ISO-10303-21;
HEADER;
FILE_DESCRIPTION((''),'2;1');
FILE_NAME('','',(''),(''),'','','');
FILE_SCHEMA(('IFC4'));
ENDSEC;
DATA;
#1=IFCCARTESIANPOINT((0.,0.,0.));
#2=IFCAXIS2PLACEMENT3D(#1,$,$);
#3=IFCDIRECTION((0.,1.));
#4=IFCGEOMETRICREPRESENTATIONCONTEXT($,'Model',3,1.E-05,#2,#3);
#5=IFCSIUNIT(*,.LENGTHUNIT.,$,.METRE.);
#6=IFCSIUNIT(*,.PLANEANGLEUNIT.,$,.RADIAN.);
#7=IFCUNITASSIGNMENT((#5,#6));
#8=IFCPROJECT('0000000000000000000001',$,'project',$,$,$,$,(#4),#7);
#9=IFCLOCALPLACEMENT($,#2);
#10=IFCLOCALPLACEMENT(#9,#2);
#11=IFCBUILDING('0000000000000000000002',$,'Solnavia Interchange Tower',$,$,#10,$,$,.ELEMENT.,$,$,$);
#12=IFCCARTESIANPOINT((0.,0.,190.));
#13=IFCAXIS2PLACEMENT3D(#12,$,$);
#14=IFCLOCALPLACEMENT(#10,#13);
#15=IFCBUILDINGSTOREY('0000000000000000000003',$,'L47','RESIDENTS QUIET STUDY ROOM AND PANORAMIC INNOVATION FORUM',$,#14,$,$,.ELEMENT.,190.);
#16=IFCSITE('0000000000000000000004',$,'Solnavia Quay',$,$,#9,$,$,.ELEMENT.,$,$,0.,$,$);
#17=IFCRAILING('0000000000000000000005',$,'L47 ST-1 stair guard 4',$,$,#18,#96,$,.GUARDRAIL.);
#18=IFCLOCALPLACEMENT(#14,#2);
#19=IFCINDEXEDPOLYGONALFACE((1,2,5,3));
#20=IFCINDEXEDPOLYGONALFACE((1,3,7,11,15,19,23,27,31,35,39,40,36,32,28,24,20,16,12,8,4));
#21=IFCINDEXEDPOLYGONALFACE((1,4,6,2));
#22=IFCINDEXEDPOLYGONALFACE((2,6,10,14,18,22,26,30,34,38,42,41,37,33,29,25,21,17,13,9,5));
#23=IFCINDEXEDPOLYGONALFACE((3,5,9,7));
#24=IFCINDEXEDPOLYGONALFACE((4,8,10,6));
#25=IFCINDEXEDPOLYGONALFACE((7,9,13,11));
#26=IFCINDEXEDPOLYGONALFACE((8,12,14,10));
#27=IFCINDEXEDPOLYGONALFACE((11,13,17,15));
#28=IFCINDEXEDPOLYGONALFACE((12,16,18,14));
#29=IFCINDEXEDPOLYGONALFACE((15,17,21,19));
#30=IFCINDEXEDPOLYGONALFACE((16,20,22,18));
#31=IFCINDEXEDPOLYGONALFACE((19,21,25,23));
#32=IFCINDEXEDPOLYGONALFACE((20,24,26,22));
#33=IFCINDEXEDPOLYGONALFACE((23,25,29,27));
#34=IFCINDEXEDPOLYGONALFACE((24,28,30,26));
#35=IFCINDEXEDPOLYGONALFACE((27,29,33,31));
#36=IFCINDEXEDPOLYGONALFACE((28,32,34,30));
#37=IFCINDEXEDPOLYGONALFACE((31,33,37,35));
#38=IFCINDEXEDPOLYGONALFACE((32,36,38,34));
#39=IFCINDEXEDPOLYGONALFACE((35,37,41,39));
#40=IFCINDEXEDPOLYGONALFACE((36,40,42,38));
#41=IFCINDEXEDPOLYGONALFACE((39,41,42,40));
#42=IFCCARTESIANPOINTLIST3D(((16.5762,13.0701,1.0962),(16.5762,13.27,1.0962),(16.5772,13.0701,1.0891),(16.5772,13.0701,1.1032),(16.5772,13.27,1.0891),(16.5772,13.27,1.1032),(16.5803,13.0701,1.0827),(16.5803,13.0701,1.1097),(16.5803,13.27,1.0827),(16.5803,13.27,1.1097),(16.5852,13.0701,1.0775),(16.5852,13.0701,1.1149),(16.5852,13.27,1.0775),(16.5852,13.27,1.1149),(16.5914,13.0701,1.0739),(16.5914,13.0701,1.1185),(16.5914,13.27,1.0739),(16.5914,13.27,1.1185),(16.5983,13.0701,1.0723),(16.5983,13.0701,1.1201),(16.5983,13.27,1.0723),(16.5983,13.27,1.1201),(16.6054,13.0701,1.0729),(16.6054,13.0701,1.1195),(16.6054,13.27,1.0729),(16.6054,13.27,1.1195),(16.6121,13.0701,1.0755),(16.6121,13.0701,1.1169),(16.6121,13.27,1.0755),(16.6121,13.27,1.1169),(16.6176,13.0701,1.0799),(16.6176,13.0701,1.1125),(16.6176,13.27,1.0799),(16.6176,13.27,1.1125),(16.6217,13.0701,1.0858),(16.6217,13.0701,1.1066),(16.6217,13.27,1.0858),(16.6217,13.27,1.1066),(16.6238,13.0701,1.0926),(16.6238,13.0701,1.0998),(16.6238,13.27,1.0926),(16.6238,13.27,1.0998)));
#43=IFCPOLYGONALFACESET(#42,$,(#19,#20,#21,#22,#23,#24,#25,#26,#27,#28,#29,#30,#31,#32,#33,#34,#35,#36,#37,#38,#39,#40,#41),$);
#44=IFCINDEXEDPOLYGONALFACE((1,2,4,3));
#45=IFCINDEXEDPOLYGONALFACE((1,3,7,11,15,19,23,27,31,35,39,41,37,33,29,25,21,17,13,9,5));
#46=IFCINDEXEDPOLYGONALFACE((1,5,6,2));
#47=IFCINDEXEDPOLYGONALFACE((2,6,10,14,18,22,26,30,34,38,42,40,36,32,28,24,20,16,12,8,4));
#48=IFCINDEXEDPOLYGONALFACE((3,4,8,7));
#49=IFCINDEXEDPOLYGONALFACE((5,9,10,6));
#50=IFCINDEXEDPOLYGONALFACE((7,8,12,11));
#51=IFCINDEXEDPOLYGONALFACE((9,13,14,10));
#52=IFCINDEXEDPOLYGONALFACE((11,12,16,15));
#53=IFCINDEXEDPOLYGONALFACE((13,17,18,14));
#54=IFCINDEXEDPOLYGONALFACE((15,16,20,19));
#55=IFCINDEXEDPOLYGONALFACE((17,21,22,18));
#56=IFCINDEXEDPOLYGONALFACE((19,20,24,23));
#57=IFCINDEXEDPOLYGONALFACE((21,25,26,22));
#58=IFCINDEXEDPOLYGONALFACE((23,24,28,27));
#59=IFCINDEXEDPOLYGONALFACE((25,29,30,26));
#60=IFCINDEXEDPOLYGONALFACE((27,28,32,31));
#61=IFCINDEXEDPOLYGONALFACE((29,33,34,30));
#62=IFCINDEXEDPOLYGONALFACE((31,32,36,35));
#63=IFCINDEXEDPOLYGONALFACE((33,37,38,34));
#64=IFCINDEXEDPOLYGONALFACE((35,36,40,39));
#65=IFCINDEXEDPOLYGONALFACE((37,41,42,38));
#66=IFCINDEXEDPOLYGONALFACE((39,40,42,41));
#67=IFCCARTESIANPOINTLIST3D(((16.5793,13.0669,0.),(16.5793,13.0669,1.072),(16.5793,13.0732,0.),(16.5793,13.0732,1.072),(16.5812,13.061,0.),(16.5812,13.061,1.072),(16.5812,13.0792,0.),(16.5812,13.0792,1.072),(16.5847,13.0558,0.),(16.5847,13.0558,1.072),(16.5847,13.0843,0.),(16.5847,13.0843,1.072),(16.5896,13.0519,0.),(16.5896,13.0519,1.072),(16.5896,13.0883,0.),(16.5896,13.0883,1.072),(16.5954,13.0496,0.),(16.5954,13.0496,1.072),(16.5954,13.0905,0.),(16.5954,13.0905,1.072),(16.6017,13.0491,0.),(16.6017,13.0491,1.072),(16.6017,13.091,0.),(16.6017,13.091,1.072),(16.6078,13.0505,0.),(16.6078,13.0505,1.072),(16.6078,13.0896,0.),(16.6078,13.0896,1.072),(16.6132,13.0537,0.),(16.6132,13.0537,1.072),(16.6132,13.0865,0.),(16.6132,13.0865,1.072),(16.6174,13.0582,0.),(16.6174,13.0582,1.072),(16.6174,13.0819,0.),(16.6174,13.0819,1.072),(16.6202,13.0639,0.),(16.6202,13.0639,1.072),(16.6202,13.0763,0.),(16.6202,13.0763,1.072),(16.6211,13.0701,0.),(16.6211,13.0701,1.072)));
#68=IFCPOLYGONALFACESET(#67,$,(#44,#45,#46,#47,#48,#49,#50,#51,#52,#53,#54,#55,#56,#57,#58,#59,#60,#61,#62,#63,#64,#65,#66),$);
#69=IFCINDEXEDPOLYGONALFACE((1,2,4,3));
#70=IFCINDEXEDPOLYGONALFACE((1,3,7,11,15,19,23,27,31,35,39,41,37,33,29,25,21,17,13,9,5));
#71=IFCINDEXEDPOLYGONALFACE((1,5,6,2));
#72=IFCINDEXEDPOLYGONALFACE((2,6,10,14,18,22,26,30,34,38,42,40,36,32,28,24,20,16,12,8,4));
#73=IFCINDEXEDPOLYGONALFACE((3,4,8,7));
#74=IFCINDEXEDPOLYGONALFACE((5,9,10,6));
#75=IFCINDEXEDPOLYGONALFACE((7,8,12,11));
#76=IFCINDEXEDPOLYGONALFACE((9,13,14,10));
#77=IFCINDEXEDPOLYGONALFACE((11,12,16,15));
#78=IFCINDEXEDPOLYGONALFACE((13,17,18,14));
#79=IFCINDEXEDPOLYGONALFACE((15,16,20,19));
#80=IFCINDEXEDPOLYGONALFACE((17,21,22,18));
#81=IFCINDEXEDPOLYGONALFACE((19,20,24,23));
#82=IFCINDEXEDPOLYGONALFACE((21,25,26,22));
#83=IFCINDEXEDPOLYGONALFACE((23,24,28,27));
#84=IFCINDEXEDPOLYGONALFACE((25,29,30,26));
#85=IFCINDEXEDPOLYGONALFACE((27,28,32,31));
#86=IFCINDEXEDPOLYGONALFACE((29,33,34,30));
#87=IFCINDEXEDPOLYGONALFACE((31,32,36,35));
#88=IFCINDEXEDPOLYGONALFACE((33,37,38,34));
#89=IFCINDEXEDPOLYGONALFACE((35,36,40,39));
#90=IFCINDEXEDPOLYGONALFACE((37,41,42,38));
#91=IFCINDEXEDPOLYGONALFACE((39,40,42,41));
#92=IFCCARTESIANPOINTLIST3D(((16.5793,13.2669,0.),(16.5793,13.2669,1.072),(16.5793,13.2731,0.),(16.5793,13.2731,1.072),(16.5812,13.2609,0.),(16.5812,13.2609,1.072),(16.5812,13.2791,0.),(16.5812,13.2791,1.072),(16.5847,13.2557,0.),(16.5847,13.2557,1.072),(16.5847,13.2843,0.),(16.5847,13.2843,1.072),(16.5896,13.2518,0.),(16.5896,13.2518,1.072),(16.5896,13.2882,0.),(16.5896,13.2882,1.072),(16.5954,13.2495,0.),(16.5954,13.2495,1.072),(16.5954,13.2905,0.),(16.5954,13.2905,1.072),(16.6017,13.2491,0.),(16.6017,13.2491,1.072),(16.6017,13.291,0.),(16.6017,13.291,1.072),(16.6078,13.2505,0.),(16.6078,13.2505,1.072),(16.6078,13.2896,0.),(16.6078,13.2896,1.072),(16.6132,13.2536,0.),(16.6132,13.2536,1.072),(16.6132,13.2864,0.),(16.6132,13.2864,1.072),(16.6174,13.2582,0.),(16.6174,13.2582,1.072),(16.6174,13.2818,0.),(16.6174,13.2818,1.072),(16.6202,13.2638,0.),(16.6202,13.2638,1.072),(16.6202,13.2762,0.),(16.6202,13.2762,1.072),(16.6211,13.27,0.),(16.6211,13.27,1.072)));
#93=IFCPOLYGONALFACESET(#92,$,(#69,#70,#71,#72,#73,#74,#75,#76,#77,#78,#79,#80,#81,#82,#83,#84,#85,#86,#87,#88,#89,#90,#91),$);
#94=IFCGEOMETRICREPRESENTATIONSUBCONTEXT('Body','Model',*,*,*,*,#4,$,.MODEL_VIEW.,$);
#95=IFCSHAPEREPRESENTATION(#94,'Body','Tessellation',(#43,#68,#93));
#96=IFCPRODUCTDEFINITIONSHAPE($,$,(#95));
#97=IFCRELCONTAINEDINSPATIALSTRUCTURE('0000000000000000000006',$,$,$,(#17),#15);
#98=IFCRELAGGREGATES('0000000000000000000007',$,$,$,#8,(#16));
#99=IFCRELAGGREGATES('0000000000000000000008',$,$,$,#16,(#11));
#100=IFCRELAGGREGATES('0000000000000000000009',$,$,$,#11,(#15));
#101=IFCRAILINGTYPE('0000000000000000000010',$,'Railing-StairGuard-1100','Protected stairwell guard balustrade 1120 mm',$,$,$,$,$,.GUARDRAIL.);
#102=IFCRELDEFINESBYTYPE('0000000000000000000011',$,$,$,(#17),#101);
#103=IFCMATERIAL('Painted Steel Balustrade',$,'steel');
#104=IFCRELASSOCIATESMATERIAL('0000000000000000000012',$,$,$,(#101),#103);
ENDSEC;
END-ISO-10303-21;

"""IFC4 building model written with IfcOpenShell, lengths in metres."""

from ifc_helpers import new_model, si_unit, direction, frame, origin, origin_2d, place, context, subcontext, project, spatial, circle, extrude, material, type_object, element, save


model = new_model("IFC4")

# Units and contexts
model_context = context("Model", 3, precision=1e-05, world=origin(), true_north=direction((0.0, 1.0)))
body_context = subcontext(model_context, "Body", "Model", "MODEL_VIEW")
ifc_project = project(units=[si_unit("LENGTHUNIT", "METRE"), si_unit("PLANEANGLEUNIT", "RADIAN")], contexts=[model_context])

# Site, building, storey
site_placement = place(None, origin())
site = spatial("IfcSite", under=ifc_project, at=site_placement, Name="Solnavia Quay", CompositionType="ELEMENT", RefElevation=0.0)
building_placement = place(site_placement, origin())
building = spatial("IfcBuilding", under=site, at=building_placement, Name="Solnavia Interchange Tower", CompositionType="ELEMENT")
storey_placement = place(building_placement, frame((0.0, 0.0, 190.0)))
storey = spatial("IfcBuildingStorey", under=building, at=storey_placement, Name="L47", Description="RESIDENTS QUIET STUDY ROOM AND PANORAMIC INNOVATION FORUM", CompositionType="ELEMENT", Elevation=190.0)

# Railing
ifc_material_1 = material(Name="Painted Steel Balustrade", Category="steel")
railing_type_1 = type_object("IfcRailingType", Name="Railing-StairGuard-1100", Description="Protected stairwell guard balustrade 1120 mm", PredefinedType="GUARDRAIL", material=ifc_material_1)
railing_1_placement = place(storey_placement, frame((16.6001, 13.0701, 0.0)))
element("IfcRailing", 1, at=railing_1_placement, inside=storey, type_object=railing_type_1, Name="L47 ST-1 stair guard 4", PredefinedType="GUARDRAIL", context=body_context, shape_type="SweptSolid", body=[
    extrude(circle(Radius=0.0239, at=origin_2d()), frame((0.0, 0.0, 1.0962), z_axis=(0.0, 1.0, 0.0), x_axis=(-1.0, 0.0, 0.0)), (0.0, 0.0, 1.0), 0.2),
    extrude(circle(Radius=0.021, at=origin_2d()), origin(), (0.0, 0.0, 1.0), 1.072),
    extrude(circle(Radius=0.021, at=origin_2d()), frame((0.0, 0.2, 0.0)), (0.0, 0.0, 1.0), 1.072),
])

save(model, "model.ifc")
